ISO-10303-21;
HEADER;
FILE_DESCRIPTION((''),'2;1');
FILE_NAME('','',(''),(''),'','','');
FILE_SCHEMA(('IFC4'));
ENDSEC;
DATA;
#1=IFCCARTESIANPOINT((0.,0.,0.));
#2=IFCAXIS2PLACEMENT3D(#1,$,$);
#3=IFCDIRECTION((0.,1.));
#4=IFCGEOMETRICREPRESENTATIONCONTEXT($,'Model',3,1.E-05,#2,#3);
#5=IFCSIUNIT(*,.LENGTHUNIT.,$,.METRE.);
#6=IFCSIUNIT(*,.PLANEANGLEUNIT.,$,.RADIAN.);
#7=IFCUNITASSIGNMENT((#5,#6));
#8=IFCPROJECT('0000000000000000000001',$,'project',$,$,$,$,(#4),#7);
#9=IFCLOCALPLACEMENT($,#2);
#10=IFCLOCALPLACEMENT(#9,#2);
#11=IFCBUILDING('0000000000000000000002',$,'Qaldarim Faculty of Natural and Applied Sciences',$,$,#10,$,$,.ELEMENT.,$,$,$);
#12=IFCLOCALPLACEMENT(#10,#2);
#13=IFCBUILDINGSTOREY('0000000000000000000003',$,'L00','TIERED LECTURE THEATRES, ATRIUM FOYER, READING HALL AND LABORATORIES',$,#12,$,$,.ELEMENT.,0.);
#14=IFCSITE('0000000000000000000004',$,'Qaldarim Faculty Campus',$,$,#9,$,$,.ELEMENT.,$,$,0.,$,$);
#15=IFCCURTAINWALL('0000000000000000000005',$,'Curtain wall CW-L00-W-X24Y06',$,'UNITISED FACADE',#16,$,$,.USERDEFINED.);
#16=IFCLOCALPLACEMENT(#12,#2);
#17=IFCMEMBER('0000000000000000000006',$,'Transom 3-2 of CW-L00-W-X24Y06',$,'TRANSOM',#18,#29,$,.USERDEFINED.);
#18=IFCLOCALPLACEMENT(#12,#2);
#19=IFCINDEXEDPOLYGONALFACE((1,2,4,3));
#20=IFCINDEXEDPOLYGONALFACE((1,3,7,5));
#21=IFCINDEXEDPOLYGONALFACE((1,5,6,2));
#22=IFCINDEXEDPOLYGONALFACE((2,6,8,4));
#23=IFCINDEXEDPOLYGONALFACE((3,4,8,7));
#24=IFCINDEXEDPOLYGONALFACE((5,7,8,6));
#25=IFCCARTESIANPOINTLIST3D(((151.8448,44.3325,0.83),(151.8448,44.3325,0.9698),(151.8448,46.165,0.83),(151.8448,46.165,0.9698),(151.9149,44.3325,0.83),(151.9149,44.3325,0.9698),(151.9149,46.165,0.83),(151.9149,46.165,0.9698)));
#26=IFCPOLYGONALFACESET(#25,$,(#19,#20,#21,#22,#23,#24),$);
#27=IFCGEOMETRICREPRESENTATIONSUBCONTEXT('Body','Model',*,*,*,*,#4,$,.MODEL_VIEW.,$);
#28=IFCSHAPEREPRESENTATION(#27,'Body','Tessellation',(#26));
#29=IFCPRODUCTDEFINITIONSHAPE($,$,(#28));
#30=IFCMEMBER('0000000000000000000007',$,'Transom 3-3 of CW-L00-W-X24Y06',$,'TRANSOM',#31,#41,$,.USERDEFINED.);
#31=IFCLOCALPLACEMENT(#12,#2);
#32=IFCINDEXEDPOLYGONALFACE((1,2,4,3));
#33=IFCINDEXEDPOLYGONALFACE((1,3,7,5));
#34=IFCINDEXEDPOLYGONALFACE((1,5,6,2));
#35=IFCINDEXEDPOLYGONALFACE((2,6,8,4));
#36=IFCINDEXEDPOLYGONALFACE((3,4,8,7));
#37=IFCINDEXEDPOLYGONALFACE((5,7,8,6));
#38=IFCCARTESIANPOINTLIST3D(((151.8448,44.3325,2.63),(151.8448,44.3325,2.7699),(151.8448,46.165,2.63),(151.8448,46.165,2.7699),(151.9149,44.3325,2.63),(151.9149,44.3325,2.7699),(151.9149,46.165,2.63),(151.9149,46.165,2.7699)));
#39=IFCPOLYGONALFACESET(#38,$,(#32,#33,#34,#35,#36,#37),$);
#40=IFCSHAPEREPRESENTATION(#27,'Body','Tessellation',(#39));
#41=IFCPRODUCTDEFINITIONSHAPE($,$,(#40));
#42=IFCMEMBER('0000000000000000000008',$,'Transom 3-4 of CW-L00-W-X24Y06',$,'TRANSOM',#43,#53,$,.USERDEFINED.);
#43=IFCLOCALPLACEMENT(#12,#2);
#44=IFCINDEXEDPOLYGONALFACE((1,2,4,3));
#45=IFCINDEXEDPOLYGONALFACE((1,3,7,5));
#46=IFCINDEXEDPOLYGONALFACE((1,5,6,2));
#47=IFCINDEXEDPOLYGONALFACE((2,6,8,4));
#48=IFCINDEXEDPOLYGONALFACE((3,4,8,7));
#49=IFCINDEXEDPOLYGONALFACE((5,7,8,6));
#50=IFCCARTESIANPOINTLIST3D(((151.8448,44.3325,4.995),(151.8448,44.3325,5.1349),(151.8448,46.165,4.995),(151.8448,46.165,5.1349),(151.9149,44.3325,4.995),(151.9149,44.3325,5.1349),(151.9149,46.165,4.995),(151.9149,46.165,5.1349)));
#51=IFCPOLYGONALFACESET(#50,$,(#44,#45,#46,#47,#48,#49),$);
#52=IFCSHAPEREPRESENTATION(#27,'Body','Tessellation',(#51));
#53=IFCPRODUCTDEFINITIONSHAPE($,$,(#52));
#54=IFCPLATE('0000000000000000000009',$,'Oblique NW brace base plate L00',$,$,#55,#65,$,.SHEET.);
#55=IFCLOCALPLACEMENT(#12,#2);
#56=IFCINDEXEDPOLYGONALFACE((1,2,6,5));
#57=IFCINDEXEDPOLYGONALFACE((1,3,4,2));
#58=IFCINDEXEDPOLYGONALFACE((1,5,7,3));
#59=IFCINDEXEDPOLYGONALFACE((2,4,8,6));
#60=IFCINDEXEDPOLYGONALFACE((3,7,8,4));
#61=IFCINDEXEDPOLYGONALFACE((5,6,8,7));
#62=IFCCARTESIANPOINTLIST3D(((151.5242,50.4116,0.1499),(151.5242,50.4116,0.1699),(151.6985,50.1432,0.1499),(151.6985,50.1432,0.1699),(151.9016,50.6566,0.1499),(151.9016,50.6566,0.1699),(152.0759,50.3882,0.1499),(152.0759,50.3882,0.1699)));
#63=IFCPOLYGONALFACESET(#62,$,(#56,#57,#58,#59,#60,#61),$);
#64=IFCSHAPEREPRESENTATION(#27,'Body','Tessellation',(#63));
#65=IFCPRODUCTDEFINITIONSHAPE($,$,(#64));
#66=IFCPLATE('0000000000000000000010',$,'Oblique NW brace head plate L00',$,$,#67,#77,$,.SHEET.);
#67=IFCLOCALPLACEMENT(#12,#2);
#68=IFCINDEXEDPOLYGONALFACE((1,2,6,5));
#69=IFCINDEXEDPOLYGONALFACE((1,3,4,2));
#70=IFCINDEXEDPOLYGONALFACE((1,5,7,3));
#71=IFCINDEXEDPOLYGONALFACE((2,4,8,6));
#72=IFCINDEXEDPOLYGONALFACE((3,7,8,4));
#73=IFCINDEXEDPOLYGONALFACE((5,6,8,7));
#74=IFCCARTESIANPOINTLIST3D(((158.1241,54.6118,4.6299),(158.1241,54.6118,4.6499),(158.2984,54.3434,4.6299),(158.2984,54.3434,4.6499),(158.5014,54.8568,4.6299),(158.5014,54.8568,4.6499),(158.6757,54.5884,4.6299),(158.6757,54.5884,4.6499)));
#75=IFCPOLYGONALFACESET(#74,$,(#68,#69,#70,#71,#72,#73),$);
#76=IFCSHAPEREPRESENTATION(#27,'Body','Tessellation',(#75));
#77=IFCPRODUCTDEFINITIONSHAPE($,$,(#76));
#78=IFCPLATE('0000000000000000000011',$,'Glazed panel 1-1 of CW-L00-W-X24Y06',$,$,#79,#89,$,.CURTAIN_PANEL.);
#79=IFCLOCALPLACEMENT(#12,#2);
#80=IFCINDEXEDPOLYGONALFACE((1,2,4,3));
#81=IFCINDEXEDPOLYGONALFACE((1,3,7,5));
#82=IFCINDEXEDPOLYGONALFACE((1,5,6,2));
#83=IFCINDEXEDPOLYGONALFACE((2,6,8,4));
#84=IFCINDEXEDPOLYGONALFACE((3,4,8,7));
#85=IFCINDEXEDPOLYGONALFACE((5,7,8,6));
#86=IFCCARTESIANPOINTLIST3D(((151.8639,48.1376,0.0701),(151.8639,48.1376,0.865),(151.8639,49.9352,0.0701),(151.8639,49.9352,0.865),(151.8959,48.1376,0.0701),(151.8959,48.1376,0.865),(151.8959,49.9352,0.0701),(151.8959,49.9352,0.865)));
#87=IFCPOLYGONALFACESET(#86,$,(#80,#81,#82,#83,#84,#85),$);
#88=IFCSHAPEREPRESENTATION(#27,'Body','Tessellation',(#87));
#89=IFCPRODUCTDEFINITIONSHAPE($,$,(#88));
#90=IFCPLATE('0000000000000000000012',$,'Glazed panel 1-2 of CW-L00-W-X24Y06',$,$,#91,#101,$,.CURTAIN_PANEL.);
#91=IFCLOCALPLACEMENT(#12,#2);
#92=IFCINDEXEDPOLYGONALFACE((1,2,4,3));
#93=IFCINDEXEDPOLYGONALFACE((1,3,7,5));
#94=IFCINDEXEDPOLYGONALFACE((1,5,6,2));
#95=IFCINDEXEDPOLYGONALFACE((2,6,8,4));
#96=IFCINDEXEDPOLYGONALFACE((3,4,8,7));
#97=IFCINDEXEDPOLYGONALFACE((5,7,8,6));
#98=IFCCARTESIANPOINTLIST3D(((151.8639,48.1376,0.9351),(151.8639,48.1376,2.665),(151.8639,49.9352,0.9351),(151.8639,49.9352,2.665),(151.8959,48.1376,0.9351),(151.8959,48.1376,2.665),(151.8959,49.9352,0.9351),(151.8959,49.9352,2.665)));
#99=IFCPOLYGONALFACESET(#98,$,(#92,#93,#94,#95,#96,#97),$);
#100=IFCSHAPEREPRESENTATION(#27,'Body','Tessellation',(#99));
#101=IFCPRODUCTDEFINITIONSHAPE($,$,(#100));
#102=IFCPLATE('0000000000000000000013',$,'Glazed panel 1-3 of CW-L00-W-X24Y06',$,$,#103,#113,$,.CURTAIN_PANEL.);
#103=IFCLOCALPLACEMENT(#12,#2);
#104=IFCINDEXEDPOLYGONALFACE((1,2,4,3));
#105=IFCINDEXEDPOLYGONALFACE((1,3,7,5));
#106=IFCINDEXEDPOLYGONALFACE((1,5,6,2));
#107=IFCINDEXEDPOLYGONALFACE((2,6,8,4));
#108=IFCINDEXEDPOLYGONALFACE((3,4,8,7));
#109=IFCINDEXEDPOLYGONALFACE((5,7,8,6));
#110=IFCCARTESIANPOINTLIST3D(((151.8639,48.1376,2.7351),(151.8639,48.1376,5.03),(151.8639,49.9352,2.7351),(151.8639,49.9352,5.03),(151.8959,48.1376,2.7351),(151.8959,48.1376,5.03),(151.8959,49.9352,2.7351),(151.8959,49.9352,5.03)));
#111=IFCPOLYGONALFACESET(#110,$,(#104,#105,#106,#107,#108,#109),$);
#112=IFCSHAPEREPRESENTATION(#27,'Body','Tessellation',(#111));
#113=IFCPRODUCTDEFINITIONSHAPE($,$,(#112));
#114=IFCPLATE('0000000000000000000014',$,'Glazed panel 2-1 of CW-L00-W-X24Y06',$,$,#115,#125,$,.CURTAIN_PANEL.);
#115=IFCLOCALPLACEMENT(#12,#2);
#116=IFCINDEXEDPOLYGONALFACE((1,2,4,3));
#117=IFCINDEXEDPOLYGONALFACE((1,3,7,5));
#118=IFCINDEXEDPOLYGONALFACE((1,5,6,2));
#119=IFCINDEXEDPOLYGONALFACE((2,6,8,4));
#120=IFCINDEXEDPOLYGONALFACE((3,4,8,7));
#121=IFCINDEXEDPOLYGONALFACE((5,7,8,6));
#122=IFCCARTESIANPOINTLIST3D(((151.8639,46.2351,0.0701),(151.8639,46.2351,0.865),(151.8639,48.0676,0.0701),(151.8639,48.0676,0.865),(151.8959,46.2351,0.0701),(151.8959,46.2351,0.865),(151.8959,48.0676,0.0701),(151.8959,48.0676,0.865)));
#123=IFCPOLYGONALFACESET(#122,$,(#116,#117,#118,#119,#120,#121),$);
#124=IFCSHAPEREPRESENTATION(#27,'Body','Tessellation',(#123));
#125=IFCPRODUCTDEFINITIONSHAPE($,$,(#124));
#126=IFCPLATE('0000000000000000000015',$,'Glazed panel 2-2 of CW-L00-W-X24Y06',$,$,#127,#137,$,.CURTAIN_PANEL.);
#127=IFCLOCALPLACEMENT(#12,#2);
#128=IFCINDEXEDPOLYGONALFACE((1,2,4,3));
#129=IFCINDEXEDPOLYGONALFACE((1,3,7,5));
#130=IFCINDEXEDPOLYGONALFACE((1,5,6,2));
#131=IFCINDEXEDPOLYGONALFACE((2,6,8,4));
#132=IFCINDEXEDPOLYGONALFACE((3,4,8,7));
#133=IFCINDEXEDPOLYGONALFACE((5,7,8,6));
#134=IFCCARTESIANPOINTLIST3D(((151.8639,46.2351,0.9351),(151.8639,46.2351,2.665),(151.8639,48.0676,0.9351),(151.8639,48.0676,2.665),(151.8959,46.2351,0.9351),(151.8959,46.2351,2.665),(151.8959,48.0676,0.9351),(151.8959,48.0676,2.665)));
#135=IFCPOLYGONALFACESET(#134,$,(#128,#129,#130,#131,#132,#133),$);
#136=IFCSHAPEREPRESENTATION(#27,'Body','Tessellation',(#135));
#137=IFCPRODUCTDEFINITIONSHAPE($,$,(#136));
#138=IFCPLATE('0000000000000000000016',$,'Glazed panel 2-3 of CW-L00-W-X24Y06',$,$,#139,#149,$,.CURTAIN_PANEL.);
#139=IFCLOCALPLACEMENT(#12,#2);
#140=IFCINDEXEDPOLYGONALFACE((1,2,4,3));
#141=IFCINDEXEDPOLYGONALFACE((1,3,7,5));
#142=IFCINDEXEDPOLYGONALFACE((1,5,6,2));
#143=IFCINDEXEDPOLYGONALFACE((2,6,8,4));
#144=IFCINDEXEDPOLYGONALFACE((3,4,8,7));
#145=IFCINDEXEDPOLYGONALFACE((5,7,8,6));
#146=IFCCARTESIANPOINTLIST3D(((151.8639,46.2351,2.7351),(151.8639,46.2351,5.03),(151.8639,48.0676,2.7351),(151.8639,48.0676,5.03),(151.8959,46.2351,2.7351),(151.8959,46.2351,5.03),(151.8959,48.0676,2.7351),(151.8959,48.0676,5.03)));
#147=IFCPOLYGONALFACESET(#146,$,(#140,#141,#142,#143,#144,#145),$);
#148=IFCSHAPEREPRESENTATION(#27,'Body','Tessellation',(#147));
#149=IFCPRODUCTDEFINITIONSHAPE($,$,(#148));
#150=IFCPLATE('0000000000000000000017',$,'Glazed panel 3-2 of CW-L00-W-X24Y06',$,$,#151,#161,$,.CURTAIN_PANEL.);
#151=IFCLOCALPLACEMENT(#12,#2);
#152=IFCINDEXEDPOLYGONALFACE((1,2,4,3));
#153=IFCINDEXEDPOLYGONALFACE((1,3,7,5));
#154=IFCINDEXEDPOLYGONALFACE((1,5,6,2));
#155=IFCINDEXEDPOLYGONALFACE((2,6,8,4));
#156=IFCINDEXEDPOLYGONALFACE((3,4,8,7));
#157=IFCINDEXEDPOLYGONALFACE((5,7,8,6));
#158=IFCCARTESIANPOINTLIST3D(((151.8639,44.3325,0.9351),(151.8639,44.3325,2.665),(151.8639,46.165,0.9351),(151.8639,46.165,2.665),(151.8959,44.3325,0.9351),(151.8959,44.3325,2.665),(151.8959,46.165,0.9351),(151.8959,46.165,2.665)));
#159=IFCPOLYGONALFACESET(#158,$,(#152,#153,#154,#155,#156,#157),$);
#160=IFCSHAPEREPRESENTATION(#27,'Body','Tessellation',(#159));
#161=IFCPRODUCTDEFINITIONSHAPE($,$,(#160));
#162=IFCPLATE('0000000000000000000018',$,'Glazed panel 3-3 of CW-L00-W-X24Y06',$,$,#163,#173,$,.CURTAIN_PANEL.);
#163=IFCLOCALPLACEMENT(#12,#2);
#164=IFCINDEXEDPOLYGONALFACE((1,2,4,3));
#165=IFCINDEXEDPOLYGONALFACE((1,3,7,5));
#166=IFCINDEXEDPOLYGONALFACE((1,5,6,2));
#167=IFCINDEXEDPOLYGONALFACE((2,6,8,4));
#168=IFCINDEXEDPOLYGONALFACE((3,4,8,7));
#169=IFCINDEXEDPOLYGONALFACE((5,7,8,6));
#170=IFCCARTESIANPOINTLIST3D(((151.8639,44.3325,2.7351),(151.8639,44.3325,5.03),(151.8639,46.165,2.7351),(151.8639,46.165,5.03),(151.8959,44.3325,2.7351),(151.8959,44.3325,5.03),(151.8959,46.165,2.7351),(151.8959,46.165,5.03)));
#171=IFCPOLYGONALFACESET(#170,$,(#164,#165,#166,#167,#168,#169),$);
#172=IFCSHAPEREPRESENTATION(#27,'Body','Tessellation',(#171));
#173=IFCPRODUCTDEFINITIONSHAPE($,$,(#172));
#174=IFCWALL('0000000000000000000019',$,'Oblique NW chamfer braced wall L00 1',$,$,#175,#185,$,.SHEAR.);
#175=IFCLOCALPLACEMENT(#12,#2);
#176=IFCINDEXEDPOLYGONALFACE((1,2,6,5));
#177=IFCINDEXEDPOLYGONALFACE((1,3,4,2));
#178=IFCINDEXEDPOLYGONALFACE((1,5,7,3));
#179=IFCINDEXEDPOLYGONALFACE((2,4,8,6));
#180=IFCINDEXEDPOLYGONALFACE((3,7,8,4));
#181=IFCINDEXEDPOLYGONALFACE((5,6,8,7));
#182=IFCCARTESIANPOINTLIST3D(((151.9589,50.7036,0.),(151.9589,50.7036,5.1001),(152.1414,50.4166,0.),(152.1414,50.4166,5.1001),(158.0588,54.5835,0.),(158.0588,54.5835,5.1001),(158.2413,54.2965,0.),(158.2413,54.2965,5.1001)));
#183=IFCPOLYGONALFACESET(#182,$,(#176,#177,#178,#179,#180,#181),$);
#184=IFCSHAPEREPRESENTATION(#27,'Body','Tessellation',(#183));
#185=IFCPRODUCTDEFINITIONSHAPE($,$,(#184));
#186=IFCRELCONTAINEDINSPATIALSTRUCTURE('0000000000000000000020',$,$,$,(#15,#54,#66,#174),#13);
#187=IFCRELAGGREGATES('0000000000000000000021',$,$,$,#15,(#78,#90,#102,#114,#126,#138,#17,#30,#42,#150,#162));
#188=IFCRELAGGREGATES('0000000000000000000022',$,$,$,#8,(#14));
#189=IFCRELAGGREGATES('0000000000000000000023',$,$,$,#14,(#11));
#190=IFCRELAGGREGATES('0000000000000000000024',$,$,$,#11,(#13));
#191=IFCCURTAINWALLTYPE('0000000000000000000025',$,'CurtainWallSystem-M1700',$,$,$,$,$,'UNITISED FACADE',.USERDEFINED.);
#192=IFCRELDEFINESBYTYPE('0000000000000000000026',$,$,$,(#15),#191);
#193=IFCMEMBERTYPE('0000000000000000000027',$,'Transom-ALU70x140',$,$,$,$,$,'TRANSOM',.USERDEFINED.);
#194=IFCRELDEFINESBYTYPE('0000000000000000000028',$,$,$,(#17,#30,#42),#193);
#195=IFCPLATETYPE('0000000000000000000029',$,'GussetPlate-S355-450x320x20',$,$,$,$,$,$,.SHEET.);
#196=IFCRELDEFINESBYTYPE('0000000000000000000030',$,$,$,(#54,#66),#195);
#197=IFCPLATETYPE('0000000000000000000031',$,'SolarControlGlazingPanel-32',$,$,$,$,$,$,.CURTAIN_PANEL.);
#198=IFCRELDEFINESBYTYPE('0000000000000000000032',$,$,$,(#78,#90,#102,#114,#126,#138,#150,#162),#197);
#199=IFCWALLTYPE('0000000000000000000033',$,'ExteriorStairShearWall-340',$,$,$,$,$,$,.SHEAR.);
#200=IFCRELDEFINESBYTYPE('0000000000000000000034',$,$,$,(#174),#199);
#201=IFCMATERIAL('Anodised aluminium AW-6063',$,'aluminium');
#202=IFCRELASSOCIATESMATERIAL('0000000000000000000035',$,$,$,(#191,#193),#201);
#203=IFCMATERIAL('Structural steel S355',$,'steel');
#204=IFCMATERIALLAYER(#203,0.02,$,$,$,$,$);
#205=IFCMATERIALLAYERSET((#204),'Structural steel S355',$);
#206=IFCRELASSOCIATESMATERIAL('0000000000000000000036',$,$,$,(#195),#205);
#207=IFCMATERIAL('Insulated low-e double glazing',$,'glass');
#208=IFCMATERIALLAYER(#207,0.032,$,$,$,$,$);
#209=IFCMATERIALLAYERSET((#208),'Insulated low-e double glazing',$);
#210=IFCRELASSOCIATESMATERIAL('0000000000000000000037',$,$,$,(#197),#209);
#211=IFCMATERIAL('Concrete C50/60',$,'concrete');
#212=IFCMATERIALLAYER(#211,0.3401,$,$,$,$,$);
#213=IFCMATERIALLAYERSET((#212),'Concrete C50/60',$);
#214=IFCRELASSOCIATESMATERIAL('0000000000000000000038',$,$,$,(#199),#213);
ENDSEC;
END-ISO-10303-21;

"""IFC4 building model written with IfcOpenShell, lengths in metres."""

from ifc_helpers import new_model, si_unit, direction, frame, frame_2d, origin, origin_2d, place, context, subcontext, project, spatial, rectangle, extrude, material, layer, layer_set, material_profile, profile_set, type_object, element, aggregate, save


model = new_model("IFC4")

# Units and contexts
model_context = context("Model", 3, precision=1e-05, world=origin(), true_north=direction((0.0, 1.0)))
body_context = subcontext(model_context, "Body", "Model", "MODEL_VIEW")
ifc_project = project(units=[si_unit("LENGTHUNIT", "METRE"), si_unit("PLANEANGLEUNIT", "RADIAN")], contexts=[model_context])

# Site, building, storey
site_placement = place(None, origin())
site = spatial("IfcSite", under=ifc_project, at=site_placement, Name="Qaldarim Faculty Campus", CompositionType="ELEMENT", RefElevation=0.0)
building_placement = place(site_placement, origin())
building = spatial("IfcBuilding", under=site, at=building_placement, Name="Qaldarim Faculty of Natural and Applied Sciences", CompositionType="ELEMENT")
storey_placement = place(building_placement, origin())
storey = spatial("IfcBuildingStorey", under=building, at=storey_placement, Name="L00", Description="TIERED LECTURE THEATRES, ATRIUM FOYER, READING HALL AND LABORATORIES", CompositionType="ELEMENT", Elevation=0.0)

# Shared definitions
ifc_material_1 = material(Name="Concrete C50/60", Category="concrete")

# Shared definitions
ifc_material_2 = material(Name="Structural steel S355", Category="steel")

# Curtain wall
ifc_material_3 = material(Name="Anodised aluminium AW-6063", Category="aluminium")
curtain_wall_type = type_object("IfcCurtainWallType", Name="CurtainWallSystem-M1700", ElementType="UNITISED FACADE", PredefinedType="USERDEFINED", material=ifc_material_3)
curtain_wall_placement = place(storey_placement, origin())
curtain_wall = element("IfcCurtainWall", 1, at=curtain_wall_placement, inside=storey, type_object=curtain_wall_type, Name="Curtain wall CW-L00-W-X24Y06", ObjectType="UNITISED FACADE", PredefinedType="USERDEFINED")

# Members
ifc_material_profile_1 = material_profile(ifc_material_3, rectangle(XDim=0.0701, YDim=0.1399, at=origin_2d()), Name="ALU-T70x140")
ifc_profile_set_1 = profile_set([ifc_material_profile_1], Name="Anodised aluminium AW-6063")
member_type_1 = type_object("IfcMemberType", Name="Transom-ALU70x140", ElementType="TRANSOM", PredefinedType="USERDEFINED", material=ifc_profile_set_1)
member_1_placement = place(storey_placement, frame((151.8799, 46.165, 0.8999), z_axis=(0.0, -1.0, 0.0), x_axis=(1.0, 0.0, 0.0)))
member_1 = element("IfcMember", 2, at=member_1_placement, type_object=member_type_1, Name="Transom 3-2 of CW-L00-W-X24Y06", ObjectType="TRANSOM", PredefinedType="USERDEFINED", context=body_context, shape_type="SweptSolid", body=[
    extrude(rectangle(XDim=0.0701, YDim=0.1399, at=origin_2d()), origin(), (0.0, 0.0, 1.0), 1.8325),
])
member_2_placement = place(storey_placement, frame((151.8799, 46.165, 2.7), z_axis=(0.0, -1.0, 0.0), x_axis=(1.0, 0.0, 0.0)))
member_2 = element("IfcMember", 3, at=member_2_placement, type_object=member_type_1, Name="Transom 3-3 of CW-L00-W-X24Y06", ObjectType="TRANSOM", PredefinedType="USERDEFINED", context=body_context, shape_type="SweptSolid", body=[
    extrude(rectangle(XDim=0.0701, YDim=0.1399, at=origin_2d()), origin(), (0.0, 0.0, 1.0), 1.8325),
])
member_3_placement = place(storey_placement, frame((151.8799, 46.165, 5.0649), z_axis=(0.0, -1.0, 0.0), x_axis=(1.0, 0.0, 0.0)))
member_3 = element("IfcMember", 4, at=member_3_placement, type_object=member_type_1, Name="Transom 3-4 of CW-L00-W-X24Y06", ObjectType="TRANSOM", PredefinedType="USERDEFINED", context=body_context, shape_type="SweptSolid", body=[
    extrude(rectangle(XDim=0.0701, YDim=0.1399, at=origin_2d()), origin(), (0.0, 0.0, 1.0), 1.8325),
])

# Plates
ifc_layer_1 = layer(ifc_material_2, 0.02)
ifc_layer_set_1 = layer_set([ifc_layer_1], Name="Structural steel S355")
plate_type_1 = type_object("IfcPlateType", Name="GussetPlate-S355-450x320x20", PredefinedType="SHEET", material=ifc_layer_set_1)
for number, where, z_axis, x_axis, name in (
    (5, (151.8, 50.3999, 0.1499), (0.0, 0.0, 1.0), (0.838671, 0.544639, 0.0), "Oblique NW brace base plate L00"),
    (6, (158.3999, 54.6001, 4.6299), (0.0, 0.0, 1.0), (0.838671, 0.544639, 0.0), "Oblique NW brace head plate L00"),
):
    element("IfcPlate", number, at=place(storey_placement, frame(where, z_axis=z_axis, x_axis=x_axis)), inside=storey, type_object=plate_type_1, Name=name, PredefinedType="SHEET", context=body_context, shape_type="SweptSolid", body=[
        extrude(rectangle(XDim=0.45, YDim=0.3201, at=origin_2d()), origin(), (0.0, 0.0, 1.0), 0.02),
    ])

# Plates
ifc_material_4 = material(Name="Insulated low-e double glazing", Category="glass")
ifc_layer_2 = layer(ifc_material_4, 0.032)
ifc_layer_set_2 = layer_set([ifc_layer_2], Name="Insulated low-e double glazing")
plate_type_2 = type_object("IfcPlateType", Name="SolarControlGlazingPanel-32", PredefinedType="CURTAIN_PANEL", material=ifc_layer_set_2)
plate_1_placement = place(storey_placement, frame((151.8799, 49.0364, 0.0701), z_axis=(0.0, 0.0, 1.0), x_axis=(0.0, -1.0, 0.0)))
plate_1 = element("IfcPlate", 7, at=plate_1_placement, type_object=plate_type_2, Name="Glazed panel 1-1 of CW-L00-W-X24Y06", PredefinedType="CURTAIN_PANEL", context=body_context, shape_type="SweptSolid", body=[
    extrude(rectangle(XDim=1.7976, YDim=0.032, at=origin_2d()), origin(), (0.0, 0.0, 1.0), 0.7949),
])
plate_2_placement = place(storey_placement, frame((151.8799, 49.0364, 0.9351), z_axis=(0.0, 0.0, 1.0), x_axis=(0.0, -1.0, 0.0)))
plate_2 = element("IfcPlate", 8, at=plate_2_placement, type_object=plate_type_2, Name="Glazed panel 1-2 of CW-L00-W-X24Y06", PredefinedType="CURTAIN_PANEL", context=body_context, shape_type="SweptSolid", body=[
    extrude(rectangle(XDim=1.7976, YDim=0.032, at=origin_2d()), origin(), (0.0, 0.0, 1.0), 1.73),
])
plate_3_placement = place(storey_placement, frame((151.8799, 49.0364, 2.7351), z_axis=(0.0, 0.0, 1.0), x_axis=(0.0, -1.0, 0.0)))
plate_3 = element("IfcPlate", 9, at=plate_3_placement, type_object=plate_type_2, Name="Glazed panel 1-3 of CW-L00-W-X24Y06", PredefinedType="CURTAIN_PANEL", context=body_context, shape_type="SweptSolid", body=[
    extrude(rectangle(XDim=1.7976, YDim=0.032, at=origin_2d()), origin(), (0.0, 0.0, 1.0), 2.2949),
])
plate_4_placement = place(storey_placement, frame((151.8799, 47.1514, 0.0701), z_axis=(0.0, 0.0, 1.0), x_axis=(0.0, -1.0, 0.0)))
plate_4 = element("IfcPlate", 10, at=plate_4_placement, type_object=plate_type_2, Name="Glazed panel 2-1 of CW-L00-W-X24Y06", PredefinedType="CURTAIN_PANEL", context=body_context, shape_type="SweptSolid", body=[
    extrude(rectangle(XDim=1.8325, YDim=0.032, at=origin_2d()), origin(), (0.0, 0.0, 1.0), 0.7949),
])
plate_5_placement = place(storey_placement, frame((151.8799, 47.1514, 0.9351), z_axis=(0.0, 0.0, 1.0), x_axis=(0.0, -1.0, 0.0)))
plate_5 = element("IfcPlate", 11, at=plate_5_placement, type_object=plate_type_2, Name="Glazed panel 2-2 of CW-L00-W-X24Y06", PredefinedType="CURTAIN_PANEL", context=body_context, shape_type="SweptSolid", body=[
    extrude(rectangle(XDim=1.8325, YDim=0.032, at=origin_2d()), origin(), (0.0, 0.0, 1.0), 1.73),
])
plate_6_placement = place(storey_placement, frame((151.8799, 47.1514, 2.7351), z_axis=(0.0, 0.0, 1.0), x_axis=(0.0, -1.0, 0.0)))
plate_6 = element("IfcPlate", 12, at=plate_6_placement, type_object=plate_type_2, Name="Glazed panel 2-3 of CW-L00-W-X24Y06", PredefinedType="CURTAIN_PANEL", context=body_context, shape_type="SweptSolid", body=[
    extrude(rectangle(XDim=1.8325, YDim=0.032, at=origin_2d()), origin(), (0.0, 0.0, 1.0), 2.2949),
])
plate_7_placement = place(storey_placement, frame((151.8799, 45.2488, 0.9351), z_axis=(0.0, 0.0, 1.0), x_axis=(0.0, -1.0, 0.0)))
plate_7 = element("IfcPlate", 13, at=plate_7_placement, type_object=plate_type_2, Name="Glazed panel 3-2 of CW-L00-W-X24Y06", PredefinedType="CURTAIN_PANEL", context=body_context, shape_type="SweptSolid", body=[
    extrude(rectangle(XDim=1.8325, YDim=0.032, at=origin_2d()), origin(), (0.0, 0.0, 1.0), 1.73),
])
plate_8_placement = place(storey_placement, frame((151.8799, 45.2488, 2.7351), z_axis=(0.0, 0.0, 1.0), x_axis=(0.0, -1.0, 0.0)))
plate_8 = element("IfcPlate", 14, at=plate_8_placement, type_object=plate_type_2, Name="Glazed panel 3-3 of CW-L00-W-X24Y06", PredefinedType="CURTAIN_PANEL", context=body_context, shape_type="SweptSolid", body=[
    extrude(rectangle(XDim=1.8325, YDim=0.032, at=origin_2d()), origin(), (0.0, 0.0, 1.0), 2.2949),
])
aggregate(curtain_wall, [plate_1, plate_2, plate_3, plate_4, plate_5, plate_6, member_1, member_2, member_3, plate_7, plate_8])

# Wall
ifc_layer_3 = layer(ifc_material_1, 0.3401)
ifc_layer_set_3 = layer_set([ifc_layer_3], Name="Concrete C50/60")
wall_type = type_object("IfcWallType", Name="ExteriorStairShearWall-340", PredefinedType="SHEAR", material=ifc_layer_set_3)
wall_placement = place(storey_placement, frame((152.05, 50.5601, 0.0), z_axis=(0.0, 0.0, 1.0), x_axis=(0.843777, 0.536694, 0.0)))
element("IfcWall", 15, at=wall_placement, inside=storey, type_object=wall_type, Name="Oblique NW chamfer braced wall L00 1", PredefinedType="SHEAR", context=body_context, shape_type="SweptSolid", body=[
    extrude(rectangle(XDim=7.2292, YDim=0.3401, at=frame_2d((3.6147, 0.0))), origin(), (0.0, 0.0, 1.0), 5.1001),
])

save(model, "model.ifc")
